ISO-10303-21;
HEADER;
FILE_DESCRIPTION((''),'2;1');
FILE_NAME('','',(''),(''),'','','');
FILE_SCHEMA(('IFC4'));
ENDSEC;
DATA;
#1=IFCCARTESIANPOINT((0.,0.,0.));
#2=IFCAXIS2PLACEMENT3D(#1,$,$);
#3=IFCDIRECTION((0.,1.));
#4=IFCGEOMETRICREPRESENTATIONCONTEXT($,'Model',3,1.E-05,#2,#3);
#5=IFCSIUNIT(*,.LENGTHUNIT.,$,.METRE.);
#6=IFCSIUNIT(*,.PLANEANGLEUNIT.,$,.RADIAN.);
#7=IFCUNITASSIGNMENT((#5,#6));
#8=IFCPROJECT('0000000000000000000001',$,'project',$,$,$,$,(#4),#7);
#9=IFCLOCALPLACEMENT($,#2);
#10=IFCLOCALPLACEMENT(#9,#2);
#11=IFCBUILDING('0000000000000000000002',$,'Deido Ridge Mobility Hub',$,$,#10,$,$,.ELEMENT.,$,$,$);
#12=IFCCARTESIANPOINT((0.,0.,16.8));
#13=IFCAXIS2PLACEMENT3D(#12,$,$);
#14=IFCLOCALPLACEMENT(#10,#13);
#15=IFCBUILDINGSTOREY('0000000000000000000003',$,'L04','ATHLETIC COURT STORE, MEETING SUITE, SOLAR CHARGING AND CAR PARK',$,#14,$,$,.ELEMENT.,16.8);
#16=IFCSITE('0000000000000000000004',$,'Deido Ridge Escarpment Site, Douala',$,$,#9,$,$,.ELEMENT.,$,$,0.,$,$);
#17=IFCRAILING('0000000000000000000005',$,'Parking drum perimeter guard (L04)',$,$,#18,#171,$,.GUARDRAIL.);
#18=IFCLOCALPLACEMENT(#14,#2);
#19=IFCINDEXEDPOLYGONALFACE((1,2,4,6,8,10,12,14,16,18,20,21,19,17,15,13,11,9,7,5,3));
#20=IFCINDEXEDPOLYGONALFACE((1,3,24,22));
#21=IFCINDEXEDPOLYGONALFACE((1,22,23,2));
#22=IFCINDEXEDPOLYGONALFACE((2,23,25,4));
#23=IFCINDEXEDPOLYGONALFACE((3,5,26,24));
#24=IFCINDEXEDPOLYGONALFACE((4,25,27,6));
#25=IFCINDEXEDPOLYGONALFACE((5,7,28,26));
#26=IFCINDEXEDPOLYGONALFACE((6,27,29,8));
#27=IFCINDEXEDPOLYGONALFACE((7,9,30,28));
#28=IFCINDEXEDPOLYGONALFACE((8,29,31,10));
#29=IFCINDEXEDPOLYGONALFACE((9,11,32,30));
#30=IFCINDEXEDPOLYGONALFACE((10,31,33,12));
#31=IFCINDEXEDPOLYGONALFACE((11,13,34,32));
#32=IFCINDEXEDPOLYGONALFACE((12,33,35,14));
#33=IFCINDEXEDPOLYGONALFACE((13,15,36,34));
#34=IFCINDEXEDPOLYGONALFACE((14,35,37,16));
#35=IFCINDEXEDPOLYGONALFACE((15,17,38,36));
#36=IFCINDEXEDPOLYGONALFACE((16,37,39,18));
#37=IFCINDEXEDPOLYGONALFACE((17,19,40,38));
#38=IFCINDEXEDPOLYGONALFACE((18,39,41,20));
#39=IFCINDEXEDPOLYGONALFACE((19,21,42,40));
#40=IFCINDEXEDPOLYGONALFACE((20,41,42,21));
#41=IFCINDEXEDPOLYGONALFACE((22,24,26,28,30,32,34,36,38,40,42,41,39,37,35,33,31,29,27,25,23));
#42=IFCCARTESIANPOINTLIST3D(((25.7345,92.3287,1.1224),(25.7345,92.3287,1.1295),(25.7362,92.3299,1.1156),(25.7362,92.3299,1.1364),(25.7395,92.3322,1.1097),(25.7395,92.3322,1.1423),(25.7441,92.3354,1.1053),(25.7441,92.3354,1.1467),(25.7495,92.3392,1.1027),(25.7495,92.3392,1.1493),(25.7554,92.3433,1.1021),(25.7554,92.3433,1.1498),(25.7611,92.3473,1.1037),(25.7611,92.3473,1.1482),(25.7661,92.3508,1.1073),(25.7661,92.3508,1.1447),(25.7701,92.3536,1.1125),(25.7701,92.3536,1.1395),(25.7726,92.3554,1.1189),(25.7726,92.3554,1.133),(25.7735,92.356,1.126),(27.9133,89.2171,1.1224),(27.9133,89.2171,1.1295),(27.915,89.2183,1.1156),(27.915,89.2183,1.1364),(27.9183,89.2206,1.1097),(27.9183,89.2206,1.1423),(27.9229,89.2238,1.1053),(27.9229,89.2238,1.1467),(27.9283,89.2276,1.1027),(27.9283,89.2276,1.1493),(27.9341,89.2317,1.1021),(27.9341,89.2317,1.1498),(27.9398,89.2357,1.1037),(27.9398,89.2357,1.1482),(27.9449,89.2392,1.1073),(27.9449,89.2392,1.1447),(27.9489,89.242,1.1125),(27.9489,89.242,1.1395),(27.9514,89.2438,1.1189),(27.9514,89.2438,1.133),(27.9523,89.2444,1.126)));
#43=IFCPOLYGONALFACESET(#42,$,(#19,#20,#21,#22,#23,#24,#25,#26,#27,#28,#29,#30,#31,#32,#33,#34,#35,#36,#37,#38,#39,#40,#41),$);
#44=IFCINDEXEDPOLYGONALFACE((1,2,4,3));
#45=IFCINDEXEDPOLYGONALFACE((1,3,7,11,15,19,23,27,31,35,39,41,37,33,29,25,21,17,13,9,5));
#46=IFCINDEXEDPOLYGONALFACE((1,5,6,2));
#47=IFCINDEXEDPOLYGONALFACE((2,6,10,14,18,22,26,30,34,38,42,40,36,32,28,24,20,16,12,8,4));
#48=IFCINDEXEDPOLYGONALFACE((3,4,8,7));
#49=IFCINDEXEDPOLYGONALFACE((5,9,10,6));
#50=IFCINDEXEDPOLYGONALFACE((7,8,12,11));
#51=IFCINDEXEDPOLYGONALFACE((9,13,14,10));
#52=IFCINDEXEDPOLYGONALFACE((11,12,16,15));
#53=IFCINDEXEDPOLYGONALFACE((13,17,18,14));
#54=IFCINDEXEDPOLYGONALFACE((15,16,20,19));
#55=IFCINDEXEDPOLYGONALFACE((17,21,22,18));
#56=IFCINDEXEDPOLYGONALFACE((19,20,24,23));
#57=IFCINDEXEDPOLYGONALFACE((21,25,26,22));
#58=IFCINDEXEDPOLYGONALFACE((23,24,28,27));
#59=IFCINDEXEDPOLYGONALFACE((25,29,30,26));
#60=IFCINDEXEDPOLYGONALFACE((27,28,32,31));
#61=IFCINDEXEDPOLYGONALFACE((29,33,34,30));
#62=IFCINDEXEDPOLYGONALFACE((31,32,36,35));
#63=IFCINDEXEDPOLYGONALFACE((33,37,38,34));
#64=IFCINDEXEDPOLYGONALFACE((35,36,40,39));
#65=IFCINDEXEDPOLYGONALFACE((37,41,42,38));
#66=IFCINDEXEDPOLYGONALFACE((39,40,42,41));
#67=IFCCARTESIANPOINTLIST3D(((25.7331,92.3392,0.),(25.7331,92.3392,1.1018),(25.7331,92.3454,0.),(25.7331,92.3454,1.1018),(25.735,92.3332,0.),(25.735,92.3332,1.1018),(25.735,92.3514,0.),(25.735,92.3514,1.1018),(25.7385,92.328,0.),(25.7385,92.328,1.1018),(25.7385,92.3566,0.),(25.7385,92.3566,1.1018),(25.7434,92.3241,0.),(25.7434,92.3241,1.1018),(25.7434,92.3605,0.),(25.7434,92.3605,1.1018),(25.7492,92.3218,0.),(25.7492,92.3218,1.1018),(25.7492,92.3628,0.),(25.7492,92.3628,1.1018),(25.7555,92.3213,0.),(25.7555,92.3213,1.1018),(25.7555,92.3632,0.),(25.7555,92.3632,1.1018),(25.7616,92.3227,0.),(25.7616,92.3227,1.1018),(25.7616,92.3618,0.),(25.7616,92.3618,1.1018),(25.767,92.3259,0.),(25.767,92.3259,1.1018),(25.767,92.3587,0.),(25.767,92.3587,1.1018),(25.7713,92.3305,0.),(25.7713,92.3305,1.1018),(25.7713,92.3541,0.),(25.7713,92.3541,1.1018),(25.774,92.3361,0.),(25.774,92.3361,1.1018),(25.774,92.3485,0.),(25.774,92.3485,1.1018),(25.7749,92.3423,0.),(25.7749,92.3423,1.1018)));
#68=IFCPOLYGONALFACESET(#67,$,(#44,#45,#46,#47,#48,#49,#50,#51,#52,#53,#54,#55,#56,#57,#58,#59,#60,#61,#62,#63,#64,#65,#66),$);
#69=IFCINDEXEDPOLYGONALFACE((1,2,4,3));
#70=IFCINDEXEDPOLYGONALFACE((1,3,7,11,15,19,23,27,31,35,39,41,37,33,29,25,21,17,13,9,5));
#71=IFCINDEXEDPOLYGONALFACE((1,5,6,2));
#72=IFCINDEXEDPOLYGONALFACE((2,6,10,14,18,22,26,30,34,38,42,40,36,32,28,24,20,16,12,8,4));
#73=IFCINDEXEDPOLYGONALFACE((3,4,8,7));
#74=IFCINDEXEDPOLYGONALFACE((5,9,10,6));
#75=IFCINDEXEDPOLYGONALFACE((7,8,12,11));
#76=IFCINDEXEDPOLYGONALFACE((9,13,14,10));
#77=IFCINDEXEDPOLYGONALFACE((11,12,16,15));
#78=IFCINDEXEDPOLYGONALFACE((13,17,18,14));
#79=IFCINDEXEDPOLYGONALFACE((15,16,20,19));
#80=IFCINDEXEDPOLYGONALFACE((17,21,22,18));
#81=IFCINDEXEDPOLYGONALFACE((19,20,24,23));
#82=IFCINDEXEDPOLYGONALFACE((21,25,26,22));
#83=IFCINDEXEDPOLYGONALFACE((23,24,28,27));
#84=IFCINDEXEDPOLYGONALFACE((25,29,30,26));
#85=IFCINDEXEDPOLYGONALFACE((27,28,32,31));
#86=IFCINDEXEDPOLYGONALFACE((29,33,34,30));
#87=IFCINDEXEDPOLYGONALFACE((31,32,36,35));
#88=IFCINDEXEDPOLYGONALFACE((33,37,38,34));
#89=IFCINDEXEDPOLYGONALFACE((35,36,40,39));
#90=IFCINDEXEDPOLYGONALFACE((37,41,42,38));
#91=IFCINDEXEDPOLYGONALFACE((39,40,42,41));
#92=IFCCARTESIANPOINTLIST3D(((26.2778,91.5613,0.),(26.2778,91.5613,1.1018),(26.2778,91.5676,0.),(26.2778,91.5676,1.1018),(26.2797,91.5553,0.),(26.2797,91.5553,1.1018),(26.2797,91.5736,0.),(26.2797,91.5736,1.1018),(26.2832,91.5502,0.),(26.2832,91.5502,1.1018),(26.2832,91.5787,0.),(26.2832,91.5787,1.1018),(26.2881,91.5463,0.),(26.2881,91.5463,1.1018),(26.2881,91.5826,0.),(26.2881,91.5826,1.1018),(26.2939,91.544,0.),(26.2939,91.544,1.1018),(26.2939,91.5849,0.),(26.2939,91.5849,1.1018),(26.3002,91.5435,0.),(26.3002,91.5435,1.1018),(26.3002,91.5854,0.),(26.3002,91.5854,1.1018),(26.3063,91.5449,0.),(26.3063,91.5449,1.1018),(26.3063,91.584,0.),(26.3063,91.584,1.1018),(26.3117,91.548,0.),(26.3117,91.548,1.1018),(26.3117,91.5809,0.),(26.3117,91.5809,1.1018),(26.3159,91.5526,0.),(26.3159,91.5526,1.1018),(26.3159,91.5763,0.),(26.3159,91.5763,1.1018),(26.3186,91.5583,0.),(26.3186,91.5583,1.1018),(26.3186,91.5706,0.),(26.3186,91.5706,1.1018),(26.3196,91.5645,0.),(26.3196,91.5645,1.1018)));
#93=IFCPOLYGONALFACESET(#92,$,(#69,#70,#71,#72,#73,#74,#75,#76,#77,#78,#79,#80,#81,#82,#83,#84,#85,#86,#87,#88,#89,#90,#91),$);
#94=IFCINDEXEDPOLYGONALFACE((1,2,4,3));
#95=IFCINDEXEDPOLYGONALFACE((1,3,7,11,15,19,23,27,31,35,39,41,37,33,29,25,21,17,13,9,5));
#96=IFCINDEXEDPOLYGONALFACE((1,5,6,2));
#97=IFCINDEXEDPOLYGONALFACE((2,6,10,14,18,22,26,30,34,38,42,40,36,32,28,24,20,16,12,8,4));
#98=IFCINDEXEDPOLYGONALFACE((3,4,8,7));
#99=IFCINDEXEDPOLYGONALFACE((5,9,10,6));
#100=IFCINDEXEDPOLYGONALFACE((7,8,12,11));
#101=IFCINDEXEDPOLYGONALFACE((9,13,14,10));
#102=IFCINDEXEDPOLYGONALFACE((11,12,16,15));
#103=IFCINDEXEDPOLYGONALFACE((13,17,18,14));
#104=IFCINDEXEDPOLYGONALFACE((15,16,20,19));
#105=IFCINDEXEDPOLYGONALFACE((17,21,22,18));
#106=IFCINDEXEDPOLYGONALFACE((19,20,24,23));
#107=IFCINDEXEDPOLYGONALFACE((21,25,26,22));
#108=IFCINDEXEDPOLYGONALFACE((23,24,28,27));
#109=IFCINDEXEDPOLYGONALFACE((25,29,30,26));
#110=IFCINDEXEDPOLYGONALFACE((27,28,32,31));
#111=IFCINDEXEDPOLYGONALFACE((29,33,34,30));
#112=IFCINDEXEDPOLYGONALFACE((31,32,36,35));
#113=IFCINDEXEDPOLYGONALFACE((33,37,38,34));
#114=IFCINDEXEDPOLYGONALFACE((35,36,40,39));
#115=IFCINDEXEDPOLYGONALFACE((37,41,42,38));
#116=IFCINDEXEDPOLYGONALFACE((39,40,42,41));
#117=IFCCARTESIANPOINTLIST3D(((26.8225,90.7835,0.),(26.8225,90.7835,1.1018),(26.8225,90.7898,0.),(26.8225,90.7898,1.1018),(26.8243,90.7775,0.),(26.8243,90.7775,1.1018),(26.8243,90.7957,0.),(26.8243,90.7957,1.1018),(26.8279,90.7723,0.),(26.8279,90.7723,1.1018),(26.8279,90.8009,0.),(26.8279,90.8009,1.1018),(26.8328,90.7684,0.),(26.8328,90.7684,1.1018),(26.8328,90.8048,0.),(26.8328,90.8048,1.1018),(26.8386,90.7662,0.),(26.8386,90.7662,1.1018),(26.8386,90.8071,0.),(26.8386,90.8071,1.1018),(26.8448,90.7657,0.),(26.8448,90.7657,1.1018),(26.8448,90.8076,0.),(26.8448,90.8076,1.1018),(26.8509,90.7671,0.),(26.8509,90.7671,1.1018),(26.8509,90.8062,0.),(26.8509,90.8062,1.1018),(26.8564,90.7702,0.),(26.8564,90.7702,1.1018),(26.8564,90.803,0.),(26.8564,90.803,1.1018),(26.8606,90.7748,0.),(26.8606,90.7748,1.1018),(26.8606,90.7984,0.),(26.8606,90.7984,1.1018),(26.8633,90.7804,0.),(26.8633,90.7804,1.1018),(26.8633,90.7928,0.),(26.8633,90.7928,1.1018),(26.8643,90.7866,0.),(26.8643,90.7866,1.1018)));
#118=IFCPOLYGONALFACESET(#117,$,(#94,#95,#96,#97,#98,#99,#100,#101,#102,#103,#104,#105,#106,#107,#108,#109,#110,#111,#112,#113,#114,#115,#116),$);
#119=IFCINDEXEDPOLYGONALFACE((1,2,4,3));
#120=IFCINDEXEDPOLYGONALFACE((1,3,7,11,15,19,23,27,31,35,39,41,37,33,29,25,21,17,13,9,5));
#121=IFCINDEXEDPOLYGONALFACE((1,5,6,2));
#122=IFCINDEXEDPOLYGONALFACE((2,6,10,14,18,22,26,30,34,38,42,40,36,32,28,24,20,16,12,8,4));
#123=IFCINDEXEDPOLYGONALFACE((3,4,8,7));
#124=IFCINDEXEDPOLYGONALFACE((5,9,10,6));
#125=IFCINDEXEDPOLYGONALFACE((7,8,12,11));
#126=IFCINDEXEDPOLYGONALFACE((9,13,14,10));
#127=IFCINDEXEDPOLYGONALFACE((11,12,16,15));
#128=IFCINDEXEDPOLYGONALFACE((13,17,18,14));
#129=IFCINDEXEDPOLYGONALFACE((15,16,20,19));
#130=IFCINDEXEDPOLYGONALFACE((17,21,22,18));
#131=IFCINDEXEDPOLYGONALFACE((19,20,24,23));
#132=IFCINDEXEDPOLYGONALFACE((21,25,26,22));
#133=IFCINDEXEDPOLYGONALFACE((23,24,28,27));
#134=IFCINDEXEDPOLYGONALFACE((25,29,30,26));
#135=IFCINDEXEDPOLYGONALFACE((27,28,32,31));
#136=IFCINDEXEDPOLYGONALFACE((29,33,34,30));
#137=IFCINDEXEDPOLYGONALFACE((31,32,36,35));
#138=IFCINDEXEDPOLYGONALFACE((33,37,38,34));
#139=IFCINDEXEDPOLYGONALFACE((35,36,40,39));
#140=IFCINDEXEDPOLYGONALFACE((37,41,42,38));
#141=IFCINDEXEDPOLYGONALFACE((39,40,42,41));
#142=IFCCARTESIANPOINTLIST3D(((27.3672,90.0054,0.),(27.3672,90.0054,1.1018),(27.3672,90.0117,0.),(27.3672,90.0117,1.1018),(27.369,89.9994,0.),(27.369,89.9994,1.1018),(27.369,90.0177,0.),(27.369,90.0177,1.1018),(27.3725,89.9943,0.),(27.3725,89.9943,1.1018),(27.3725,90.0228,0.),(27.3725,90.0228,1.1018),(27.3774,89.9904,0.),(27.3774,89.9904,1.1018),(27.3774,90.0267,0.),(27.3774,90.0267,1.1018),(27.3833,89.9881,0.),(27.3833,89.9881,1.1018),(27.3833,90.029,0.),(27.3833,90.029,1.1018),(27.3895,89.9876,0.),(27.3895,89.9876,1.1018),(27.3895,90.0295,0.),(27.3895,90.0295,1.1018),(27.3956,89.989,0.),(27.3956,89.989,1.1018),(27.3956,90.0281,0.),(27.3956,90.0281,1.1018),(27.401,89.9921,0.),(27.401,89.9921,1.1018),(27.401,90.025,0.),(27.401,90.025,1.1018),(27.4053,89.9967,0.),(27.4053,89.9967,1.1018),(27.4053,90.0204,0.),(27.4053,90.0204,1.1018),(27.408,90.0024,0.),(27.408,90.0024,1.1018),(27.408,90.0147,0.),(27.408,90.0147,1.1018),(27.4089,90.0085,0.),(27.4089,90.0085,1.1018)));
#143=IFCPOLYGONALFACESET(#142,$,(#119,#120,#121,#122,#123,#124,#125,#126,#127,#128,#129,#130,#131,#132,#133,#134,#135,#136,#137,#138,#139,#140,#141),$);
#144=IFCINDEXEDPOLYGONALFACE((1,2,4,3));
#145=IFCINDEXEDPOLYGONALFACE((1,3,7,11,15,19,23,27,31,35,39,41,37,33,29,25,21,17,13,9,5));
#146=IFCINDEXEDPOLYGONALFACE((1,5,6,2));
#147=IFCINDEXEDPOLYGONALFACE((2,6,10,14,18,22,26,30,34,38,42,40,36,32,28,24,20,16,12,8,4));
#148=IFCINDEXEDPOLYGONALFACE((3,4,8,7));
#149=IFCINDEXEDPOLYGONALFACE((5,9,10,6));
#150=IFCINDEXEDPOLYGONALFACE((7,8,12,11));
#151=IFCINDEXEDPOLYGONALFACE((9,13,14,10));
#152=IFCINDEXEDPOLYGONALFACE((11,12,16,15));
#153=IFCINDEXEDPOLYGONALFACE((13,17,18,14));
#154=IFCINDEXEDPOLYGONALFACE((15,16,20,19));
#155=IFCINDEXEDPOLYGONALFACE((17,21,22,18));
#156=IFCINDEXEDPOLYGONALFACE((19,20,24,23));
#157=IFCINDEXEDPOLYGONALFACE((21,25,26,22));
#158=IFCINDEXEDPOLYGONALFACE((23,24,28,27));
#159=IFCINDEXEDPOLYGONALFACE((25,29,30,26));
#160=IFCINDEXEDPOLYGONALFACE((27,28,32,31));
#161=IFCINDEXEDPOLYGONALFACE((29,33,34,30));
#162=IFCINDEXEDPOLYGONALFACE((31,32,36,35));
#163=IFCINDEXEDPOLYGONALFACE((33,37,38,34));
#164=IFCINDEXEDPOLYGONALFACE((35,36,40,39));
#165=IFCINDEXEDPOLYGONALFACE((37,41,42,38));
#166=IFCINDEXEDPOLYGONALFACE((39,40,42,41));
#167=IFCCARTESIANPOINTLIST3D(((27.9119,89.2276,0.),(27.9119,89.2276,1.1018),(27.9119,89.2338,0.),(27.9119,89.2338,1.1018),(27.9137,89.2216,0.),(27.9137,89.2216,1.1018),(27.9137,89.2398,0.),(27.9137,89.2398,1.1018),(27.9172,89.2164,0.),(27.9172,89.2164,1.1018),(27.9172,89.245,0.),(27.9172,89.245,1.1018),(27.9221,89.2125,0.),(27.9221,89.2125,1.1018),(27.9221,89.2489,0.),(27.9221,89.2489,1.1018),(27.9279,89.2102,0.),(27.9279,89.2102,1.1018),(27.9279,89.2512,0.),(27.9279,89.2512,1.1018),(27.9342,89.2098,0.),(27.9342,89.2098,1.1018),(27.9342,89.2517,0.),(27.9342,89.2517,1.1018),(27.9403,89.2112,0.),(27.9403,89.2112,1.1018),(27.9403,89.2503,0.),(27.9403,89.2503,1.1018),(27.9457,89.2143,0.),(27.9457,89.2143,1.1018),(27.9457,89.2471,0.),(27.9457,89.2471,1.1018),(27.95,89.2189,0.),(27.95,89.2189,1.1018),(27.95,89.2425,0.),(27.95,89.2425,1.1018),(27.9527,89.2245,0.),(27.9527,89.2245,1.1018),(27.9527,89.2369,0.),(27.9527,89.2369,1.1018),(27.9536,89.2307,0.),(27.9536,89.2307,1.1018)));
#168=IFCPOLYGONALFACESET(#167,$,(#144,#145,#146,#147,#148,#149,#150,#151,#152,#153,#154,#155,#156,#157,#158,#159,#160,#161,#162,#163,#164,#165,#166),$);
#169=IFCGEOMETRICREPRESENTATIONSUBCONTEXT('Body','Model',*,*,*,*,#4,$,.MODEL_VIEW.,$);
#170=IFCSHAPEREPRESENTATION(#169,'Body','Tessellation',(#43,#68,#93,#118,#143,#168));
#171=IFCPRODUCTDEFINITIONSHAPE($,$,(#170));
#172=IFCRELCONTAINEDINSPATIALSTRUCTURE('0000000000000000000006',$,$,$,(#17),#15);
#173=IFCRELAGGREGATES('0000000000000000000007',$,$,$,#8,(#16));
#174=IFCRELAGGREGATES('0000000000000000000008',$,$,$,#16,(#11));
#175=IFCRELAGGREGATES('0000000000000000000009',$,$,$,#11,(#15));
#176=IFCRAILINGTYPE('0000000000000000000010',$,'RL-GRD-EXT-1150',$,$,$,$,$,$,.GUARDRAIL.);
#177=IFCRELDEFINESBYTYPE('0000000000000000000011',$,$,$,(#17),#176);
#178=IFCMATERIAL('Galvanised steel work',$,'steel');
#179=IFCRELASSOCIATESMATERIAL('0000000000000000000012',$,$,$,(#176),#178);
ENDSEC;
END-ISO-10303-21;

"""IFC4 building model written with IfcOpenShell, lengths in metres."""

from ifc_helpers import new_model, si_unit, direction, frame, origin, origin_2d, place, context, subcontext, project, spatial, circle, extrude, material, type_object, element, save


model = new_model("IFC4")

# Units and contexts
model_context = context("Model", 3, precision=1e-05, world=origin(), true_north=direction((0.0, 1.0)))
body_context = subcontext(model_context, "Body", "Model", "MODEL_VIEW")
ifc_project = project(units=[si_unit("LENGTHUNIT", "METRE"), si_unit("PLANEANGLEUNIT", "RADIAN")], contexts=[model_context])

# Site, building, storey
site_placement = place(None, origin())
site = spatial("IfcSite", under=ifc_project, at=site_placement, Name="Deido Ridge Escarpment Site, Douala", CompositionType="ELEMENT", RefElevation=0.0)
building_placement = place(site_placement, origin())
building = spatial("IfcBuilding", under=site, at=building_placement, Name="Deido Ridge Mobility Hub", CompositionType="ELEMENT")
storey_placement = place(building_placement, frame((0.0, 0.0, 16.8)))
storey = spatial("IfcBuildingStorey", under=building, at=storey_placement, Name="L04", Description="ATHLETIC COURT STORE, MEETING SUITE, SOLAR CHARGING AND CAR PARK", CompositionType="ELEMENT", Elevation=16.8)

# Railing
ifc_material_1 = material(Name="Galvanised steel work", Category="steel")
railing_type = type_object("IfcRailingType", Name="RL-GRD-EXT-1150", PredefinedType="GUARDRAIL", material=ifc_material_1)
railing_1_placement = place(storey_placement, frame((25.7539, 92.3423, 0.0)))
element("IfcRailing", 1, at=railing_1_placement, inside=storey, type_object=railing_type, Name="Parking drum perimeter guard (L04)", PredefinedType="GUARDRAIL", context=body_context, shape_type="SweptSolid", body=[
    extrude(circle(Radius=0.0239, at=origin_2d()), frame((0.0, 0.0, 1.126), z_axis=(0.57357, -0.819156, 0.0), x_axis=(0.819156, 0.57357, 0.0)), (0.0, 0.0, 1.0), 3.7986),
    extrude(circle(Radius=0.021, at=origin_2d()), origin(), (0.0, 0.0, 1.0), 1.1018),
    extrude(circle(Radius=0.021, at=origin_2d()), frame((0.5447, -0.7778, 0.0)), (0.0, 0.0, 1.0), 1.1018),
    extrude(circle(Radius=0.021, at=origin_2d()), frame((1.0894, -1.5557, 0.0)), (0.0, 0.0, 1.0), 1.1018),
    extrude(circle(Radius=0.021, at=origin_2d()), frame((1.634, -2.3337, 0.0)), (0.0, 0.0, 1.0), 1.1018),
    extrude(circle(Radius=0.021, at=origin_2d()), frame((2.1787, -3.1116, 0.0)), (0.0, 0.0, 1.0), 1.1018),
])

save(model, "model.ifc")
